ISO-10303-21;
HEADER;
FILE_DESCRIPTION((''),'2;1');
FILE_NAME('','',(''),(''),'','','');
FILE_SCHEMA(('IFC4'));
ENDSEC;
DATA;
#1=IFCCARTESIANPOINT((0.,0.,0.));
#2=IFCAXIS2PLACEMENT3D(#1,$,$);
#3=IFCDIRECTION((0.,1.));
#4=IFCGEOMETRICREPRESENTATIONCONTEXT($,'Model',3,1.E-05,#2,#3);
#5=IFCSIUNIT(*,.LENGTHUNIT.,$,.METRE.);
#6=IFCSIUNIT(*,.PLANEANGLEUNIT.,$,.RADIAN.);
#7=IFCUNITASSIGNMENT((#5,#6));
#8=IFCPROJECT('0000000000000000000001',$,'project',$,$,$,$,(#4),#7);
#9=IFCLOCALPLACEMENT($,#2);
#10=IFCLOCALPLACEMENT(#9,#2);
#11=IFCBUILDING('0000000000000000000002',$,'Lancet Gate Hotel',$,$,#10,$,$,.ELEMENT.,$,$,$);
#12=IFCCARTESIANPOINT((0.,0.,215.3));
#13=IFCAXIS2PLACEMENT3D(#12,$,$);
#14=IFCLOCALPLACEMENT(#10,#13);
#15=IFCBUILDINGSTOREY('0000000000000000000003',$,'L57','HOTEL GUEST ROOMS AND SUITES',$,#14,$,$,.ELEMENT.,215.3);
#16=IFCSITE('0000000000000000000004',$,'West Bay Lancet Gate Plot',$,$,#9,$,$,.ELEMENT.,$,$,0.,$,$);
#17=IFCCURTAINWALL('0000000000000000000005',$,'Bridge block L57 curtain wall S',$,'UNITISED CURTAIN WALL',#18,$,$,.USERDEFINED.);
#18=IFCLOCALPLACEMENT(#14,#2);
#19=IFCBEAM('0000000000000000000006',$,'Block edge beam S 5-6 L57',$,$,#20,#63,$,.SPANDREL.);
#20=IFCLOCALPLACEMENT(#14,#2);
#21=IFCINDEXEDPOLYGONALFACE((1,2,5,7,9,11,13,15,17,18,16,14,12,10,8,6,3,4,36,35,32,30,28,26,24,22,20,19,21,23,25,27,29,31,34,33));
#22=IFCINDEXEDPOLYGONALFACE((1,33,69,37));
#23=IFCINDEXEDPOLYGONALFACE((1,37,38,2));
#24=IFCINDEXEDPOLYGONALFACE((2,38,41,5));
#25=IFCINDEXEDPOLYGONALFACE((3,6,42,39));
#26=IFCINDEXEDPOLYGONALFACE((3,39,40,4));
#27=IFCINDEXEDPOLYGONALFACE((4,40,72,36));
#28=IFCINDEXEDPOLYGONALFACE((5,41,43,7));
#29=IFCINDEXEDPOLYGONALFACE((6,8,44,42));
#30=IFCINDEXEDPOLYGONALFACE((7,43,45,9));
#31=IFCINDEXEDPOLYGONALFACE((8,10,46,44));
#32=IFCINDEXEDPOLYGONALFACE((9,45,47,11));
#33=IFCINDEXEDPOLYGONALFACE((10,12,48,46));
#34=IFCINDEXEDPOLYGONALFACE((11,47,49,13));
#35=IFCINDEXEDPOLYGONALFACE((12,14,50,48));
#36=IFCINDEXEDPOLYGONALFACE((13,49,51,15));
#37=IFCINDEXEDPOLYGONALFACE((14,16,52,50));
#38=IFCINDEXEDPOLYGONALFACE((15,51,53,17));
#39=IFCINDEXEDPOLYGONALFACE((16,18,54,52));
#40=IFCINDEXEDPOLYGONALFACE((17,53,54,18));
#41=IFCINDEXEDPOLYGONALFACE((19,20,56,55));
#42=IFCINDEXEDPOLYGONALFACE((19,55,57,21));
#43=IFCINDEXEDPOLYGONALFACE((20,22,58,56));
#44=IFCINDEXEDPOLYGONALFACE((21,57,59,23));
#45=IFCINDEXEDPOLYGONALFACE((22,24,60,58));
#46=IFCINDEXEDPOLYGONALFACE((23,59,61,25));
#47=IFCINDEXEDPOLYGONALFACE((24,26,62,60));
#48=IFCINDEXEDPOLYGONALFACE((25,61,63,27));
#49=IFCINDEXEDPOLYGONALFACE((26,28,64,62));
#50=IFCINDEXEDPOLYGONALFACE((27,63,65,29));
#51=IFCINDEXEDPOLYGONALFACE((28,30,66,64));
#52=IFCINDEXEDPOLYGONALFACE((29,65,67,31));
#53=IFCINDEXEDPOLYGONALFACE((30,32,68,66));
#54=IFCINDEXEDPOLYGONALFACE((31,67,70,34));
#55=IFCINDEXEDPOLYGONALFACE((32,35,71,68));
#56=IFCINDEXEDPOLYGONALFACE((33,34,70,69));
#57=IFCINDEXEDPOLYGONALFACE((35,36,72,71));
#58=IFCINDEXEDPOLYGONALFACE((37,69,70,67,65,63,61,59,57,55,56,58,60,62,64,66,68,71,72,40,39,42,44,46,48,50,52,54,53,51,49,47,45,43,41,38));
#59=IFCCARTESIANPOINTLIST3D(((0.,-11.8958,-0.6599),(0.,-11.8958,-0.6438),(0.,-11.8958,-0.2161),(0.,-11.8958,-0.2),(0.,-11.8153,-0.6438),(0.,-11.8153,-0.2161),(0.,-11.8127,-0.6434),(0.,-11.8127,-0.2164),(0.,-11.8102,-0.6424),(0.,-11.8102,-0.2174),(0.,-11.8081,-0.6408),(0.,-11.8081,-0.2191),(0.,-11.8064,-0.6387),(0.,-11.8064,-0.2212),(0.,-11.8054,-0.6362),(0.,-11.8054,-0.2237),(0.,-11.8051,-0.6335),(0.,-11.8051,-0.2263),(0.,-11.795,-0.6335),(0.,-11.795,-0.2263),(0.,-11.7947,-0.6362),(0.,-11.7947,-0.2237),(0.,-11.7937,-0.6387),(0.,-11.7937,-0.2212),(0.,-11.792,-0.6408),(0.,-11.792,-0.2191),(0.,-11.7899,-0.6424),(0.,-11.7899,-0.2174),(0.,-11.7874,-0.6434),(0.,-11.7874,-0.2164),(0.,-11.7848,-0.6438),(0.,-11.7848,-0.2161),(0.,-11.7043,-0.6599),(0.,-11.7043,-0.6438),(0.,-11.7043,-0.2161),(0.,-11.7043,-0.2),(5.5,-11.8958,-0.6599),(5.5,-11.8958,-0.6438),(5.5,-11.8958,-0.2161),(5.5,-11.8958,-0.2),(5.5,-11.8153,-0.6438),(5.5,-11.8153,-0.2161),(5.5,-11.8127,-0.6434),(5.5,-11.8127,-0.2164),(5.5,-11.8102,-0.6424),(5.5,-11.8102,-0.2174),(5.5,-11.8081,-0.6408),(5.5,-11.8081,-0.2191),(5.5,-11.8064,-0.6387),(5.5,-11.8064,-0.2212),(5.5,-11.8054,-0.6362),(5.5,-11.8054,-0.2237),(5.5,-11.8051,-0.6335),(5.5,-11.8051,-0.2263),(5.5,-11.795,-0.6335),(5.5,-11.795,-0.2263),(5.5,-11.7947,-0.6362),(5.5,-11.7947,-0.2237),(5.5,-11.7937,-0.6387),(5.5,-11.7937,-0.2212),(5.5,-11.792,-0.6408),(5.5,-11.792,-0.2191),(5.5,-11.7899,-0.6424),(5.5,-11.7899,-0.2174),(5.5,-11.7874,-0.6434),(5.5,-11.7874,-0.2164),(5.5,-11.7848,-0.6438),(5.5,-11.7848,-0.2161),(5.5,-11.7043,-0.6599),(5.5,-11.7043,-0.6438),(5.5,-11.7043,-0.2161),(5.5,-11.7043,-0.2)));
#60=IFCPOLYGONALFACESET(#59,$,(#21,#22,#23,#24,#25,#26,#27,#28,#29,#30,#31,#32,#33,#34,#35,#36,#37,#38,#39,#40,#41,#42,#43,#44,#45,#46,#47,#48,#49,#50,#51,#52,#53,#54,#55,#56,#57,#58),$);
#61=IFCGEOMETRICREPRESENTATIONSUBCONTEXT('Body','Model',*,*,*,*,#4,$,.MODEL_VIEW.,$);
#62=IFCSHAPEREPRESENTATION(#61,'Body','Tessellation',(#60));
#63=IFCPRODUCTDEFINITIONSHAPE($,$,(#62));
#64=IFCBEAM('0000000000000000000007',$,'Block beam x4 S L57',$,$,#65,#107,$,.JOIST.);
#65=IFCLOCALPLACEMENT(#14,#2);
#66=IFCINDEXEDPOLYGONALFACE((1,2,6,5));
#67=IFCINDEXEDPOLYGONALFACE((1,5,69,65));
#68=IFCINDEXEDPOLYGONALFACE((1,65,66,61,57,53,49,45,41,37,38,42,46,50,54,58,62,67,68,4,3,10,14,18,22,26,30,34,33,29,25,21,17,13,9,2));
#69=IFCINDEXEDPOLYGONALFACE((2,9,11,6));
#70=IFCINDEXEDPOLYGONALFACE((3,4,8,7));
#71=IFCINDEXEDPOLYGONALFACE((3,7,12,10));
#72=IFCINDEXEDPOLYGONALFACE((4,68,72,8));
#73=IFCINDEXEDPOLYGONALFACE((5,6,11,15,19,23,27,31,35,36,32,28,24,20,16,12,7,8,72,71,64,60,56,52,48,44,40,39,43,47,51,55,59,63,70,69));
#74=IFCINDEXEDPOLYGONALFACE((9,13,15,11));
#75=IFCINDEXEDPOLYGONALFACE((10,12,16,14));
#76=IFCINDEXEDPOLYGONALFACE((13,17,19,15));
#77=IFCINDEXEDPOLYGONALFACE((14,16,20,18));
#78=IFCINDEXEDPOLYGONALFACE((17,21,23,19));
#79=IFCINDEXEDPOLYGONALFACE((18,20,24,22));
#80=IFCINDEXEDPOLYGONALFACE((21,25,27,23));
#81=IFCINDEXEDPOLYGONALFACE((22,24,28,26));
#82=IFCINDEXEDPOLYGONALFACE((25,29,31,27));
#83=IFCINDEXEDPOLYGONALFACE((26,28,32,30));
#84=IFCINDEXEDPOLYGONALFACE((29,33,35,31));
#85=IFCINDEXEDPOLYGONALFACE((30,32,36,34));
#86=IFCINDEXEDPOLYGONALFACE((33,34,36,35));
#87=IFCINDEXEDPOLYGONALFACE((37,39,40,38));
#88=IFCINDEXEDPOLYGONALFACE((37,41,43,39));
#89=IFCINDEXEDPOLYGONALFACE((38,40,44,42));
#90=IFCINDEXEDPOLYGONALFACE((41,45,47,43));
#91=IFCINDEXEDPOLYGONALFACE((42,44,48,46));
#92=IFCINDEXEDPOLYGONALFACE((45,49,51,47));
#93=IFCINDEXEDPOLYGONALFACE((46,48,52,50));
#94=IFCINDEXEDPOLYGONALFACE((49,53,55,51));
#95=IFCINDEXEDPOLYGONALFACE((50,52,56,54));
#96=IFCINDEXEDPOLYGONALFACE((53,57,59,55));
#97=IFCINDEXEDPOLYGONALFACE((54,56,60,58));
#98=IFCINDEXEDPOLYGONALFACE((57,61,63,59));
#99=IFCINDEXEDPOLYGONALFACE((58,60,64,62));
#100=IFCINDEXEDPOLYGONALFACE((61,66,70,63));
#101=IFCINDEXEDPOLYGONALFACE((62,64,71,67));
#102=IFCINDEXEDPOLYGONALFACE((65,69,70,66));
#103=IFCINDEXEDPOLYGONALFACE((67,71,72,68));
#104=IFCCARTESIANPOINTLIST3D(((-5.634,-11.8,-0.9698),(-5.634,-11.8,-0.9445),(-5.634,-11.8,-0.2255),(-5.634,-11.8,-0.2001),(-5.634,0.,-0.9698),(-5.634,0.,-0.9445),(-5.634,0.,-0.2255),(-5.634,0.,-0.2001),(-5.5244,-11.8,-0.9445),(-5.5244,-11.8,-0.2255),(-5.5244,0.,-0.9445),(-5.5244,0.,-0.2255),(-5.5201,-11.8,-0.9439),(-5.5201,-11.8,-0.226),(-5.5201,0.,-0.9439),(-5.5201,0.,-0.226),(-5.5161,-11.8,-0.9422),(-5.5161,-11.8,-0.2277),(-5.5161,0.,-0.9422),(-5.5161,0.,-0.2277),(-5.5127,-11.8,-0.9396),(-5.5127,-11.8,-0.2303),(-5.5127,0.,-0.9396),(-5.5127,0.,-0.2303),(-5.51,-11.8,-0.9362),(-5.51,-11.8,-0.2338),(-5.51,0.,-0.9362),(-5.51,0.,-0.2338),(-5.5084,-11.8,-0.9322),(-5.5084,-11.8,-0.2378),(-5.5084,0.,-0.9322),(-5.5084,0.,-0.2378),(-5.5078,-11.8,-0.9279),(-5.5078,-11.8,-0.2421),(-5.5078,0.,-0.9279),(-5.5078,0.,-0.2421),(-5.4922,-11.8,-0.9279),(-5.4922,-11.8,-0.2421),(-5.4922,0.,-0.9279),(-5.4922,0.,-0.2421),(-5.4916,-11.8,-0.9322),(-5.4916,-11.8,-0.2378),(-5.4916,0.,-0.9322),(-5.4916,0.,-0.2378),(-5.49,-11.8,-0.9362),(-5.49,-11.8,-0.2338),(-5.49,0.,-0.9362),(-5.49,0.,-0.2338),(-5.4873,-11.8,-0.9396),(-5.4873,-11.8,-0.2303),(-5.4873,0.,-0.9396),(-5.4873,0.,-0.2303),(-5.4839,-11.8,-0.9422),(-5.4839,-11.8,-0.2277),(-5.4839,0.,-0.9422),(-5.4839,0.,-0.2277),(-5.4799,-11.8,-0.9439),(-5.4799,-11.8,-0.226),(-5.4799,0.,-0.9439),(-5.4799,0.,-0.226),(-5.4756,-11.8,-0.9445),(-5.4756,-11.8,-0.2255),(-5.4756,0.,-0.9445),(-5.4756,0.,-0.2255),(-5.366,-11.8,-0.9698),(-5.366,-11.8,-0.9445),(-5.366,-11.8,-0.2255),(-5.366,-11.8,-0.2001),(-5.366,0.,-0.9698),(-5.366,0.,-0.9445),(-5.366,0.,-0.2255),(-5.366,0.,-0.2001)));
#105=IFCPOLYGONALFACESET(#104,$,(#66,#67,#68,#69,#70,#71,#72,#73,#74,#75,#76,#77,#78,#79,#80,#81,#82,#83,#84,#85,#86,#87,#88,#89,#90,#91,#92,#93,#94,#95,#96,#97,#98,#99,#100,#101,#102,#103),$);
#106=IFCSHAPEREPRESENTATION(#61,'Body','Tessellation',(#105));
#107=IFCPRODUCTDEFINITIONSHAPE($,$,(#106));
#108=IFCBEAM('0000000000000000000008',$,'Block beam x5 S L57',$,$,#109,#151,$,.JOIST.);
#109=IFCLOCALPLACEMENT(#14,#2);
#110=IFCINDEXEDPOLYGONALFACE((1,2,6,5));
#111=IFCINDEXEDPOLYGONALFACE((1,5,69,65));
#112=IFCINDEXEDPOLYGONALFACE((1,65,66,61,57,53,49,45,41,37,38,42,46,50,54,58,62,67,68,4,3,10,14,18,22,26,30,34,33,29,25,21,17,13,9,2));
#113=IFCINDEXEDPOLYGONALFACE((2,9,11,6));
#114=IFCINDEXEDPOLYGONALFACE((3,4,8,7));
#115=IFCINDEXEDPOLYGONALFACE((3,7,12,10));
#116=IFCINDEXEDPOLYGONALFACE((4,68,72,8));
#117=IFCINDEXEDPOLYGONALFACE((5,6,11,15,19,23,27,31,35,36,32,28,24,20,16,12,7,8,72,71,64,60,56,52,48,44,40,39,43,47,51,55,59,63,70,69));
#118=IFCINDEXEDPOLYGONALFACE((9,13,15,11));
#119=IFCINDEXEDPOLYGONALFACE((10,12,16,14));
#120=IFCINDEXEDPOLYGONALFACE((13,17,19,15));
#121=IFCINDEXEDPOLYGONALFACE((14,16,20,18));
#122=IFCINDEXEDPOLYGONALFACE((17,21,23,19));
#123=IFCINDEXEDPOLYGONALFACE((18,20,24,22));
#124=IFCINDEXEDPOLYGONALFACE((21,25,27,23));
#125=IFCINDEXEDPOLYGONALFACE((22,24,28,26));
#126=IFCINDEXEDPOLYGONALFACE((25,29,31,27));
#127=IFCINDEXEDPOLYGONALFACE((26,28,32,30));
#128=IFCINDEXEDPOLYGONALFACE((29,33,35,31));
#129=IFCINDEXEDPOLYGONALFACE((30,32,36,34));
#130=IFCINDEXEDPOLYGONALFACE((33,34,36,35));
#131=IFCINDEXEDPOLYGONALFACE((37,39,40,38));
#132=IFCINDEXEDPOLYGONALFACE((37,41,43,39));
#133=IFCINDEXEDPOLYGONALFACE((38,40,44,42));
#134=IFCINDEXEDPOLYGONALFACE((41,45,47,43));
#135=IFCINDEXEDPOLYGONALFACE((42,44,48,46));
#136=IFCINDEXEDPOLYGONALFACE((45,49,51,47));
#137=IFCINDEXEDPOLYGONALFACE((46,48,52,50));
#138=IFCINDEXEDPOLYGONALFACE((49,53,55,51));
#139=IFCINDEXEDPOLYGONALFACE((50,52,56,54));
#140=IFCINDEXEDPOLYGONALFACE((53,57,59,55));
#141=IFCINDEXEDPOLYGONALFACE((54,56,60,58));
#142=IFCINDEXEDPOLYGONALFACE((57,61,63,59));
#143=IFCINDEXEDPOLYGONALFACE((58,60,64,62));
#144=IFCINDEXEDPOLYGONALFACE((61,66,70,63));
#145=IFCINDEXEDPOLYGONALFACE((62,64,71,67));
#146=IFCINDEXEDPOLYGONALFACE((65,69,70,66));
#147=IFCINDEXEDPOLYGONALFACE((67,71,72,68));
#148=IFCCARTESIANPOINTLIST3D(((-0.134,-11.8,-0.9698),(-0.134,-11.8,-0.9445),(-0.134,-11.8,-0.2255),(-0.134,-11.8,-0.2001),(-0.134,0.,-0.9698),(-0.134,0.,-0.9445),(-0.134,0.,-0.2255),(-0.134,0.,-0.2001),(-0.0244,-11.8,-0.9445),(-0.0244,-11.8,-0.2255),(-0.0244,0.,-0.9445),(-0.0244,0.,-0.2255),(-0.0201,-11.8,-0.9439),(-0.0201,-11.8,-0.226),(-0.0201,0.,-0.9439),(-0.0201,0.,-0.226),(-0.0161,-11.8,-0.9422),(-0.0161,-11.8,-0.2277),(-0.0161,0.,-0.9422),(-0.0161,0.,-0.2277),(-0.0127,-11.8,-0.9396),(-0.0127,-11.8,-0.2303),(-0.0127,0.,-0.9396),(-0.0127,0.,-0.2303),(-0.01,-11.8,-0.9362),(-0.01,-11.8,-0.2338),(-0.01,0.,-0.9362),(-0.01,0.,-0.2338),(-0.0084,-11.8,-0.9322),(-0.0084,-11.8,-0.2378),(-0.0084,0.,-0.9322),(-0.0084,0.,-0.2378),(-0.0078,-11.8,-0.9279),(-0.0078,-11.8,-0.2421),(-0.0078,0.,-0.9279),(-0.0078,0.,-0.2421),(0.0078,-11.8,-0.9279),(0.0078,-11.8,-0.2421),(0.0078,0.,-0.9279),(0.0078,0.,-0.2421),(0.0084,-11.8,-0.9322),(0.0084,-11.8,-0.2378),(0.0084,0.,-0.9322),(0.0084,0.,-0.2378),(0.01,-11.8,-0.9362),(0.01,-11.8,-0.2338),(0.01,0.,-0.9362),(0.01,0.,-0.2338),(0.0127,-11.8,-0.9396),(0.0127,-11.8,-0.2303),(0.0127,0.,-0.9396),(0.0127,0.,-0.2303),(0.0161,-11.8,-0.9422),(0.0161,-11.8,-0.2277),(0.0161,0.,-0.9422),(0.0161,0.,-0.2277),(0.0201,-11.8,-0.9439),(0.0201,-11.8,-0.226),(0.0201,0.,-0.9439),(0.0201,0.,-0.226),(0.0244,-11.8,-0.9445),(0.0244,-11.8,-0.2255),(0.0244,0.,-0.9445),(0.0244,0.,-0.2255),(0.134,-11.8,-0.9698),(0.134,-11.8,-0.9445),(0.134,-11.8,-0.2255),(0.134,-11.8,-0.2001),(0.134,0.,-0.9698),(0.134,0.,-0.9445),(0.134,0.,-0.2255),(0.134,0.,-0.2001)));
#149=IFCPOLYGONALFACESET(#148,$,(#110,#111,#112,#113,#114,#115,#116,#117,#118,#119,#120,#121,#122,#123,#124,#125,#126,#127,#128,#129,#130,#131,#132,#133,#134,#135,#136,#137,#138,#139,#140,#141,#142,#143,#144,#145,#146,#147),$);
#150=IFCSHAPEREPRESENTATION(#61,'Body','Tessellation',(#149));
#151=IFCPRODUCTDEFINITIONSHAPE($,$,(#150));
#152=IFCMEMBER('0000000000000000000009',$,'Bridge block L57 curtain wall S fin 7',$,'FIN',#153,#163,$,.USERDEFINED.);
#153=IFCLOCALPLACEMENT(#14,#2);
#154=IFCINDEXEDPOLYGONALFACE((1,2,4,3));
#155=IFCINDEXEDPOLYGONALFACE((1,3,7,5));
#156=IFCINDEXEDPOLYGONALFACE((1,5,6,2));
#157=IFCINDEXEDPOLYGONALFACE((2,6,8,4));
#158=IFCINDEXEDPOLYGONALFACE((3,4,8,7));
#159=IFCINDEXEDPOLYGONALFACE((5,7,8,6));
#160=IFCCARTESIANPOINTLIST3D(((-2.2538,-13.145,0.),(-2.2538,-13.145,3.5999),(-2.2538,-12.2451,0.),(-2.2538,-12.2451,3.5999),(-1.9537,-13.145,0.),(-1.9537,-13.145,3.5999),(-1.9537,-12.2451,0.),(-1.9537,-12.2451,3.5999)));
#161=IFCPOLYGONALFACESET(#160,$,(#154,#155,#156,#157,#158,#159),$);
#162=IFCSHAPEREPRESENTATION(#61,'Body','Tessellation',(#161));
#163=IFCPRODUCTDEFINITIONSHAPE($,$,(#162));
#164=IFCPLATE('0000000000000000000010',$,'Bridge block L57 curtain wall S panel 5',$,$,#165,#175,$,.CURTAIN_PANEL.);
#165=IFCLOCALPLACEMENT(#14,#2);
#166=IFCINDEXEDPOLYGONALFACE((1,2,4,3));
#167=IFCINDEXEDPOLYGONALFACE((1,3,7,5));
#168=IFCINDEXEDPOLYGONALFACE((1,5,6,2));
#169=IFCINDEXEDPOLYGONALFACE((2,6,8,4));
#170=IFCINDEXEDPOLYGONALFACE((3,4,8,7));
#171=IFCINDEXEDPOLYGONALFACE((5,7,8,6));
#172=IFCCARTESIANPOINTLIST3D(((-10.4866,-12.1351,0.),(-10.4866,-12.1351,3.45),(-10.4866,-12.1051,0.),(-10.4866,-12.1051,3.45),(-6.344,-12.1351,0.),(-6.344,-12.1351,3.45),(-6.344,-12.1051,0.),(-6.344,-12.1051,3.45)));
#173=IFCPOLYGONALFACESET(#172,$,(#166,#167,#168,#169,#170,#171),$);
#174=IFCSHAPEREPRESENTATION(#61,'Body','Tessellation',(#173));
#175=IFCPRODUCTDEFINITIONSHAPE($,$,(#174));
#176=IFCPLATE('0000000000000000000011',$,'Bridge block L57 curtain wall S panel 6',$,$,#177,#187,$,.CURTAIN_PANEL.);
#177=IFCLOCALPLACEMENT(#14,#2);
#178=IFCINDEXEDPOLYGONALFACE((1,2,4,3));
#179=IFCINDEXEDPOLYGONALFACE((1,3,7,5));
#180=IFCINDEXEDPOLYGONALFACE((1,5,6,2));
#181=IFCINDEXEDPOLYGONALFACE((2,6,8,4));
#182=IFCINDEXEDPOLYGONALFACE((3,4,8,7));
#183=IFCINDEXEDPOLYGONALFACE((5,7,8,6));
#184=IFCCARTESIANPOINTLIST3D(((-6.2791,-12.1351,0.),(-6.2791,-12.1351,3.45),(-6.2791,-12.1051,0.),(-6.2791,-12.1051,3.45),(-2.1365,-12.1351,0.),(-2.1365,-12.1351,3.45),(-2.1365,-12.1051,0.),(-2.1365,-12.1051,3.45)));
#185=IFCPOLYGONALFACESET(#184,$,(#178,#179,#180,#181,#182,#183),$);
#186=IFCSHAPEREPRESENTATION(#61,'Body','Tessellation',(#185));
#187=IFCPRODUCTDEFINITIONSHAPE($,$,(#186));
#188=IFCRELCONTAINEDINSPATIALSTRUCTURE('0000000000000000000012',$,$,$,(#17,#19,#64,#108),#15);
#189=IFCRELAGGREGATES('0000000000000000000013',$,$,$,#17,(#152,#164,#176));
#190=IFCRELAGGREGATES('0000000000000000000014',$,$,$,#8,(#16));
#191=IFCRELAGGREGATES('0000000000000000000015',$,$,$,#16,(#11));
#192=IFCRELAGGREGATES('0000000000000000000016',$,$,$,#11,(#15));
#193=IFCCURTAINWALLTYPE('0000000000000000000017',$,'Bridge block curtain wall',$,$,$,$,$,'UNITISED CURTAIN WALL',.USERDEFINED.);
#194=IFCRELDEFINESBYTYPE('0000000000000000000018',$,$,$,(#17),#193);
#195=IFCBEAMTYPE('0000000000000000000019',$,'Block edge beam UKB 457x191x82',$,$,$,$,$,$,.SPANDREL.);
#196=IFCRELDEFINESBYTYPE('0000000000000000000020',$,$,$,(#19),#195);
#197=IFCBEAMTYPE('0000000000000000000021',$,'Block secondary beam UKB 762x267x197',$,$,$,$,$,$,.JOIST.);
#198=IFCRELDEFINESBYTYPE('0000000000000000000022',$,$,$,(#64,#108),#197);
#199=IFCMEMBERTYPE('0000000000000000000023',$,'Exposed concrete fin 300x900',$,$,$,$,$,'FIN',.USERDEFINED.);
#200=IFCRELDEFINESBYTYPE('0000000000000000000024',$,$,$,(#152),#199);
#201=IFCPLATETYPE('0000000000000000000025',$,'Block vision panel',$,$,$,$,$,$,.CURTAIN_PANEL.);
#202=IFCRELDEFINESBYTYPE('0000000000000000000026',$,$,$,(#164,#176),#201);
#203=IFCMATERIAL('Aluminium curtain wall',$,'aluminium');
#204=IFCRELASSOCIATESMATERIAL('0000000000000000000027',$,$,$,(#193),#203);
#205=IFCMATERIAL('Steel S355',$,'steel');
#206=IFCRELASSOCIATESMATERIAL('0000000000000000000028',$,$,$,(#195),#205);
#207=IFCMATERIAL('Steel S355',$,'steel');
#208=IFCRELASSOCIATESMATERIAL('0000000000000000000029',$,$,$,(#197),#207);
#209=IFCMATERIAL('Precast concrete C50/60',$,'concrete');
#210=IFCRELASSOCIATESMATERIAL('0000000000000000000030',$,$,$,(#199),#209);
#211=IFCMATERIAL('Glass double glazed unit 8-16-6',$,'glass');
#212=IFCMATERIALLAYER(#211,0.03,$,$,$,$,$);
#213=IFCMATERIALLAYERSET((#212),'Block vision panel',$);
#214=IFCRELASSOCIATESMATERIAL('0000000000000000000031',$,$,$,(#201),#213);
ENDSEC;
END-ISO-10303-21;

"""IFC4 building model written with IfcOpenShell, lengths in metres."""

from ifc_helpers import new_model, si_unit, direction, frame, origin, origin_2d, place, context, subcontext, project, spatial, rectangle, i_section, extrude, material, layer, layer_set, material_profile, profile_set, type_object, element, aggregate, save


model = new_model("IFC4")

# Units and contexts
model_context = context("Model", 3, precision=1e-05, world=origin(), true_north=direction((0.0, 1.0)))
body_context = subcontext(model_context, "Body", "Model", "MODEL_VIEW")
ifc_project = project(units=[si_unit("LENGTHUNIT", "METRE"), si_unit("PLANEANGLEUNIT", "RADIAN")], contexts=[model_context])

# Site, building, storey
site_placement = place(None, origin())
site = spatial("IfcSite", under=ifc_project, at=site_placement, Name="West Bay Lancet Gate Plot", CompositionType="ELEMENT", RefElevation=0.0)
building_placement = place(site_placement, origin())
building = spatial("IfcBuilding", under=site, at=building_placement, Name="Lancet Gate Hotel", CompositionType="ELEMENT")
storey_placement = place(building_placement, frame((0.0, 0.0, 215.3)))
storey = spatial("IfcBuildingStorey", under=building, at=storey_placement, Name="L57", Description="HOTEL GUEST ROOMS AND SUITES", CompositionType="ELEMENT", Elevation=215.3)

# Curtain wall
ifc_material_1 = material(Name="Aluminium curtain wall", Category="aluminium")
curtain_wall_type = type_object("IfcCurtainWallType", Name="Bridge block curtain wall", ElementType="UNITISED CURTAIN WALL", PredefinedType="USERDEFINED", material=ifc_material_1)
curtain_wall_placement = place(storey_placement, origin())
curtain_wall = element("IfcCurtainWall", 1, at=curtain_wall_placement, inside=storey, type_object=curtain_wall_type, Name="Bridge block L57 curtain wall S", ObjectType="UNITISED CURTAIN WALL", PredefinedType="USERDEFINED")

# Beams
ifc_material_2 = material(Name="Steel S355", Category="steel")
ifc_material_profile_1 = material_profile(ifc_material_2, i_section(OverallWidth=0.1914, OverallDepth=0.46, WebThickness=0.01, FlangeThickness=0.0161, FilletRadius=0.0103, at=origin_2d()), Name="UKB 457x191x82")
ifc_profile_set_1 = profile_set([ifc_material_profile_1], Name="Steel S355")
beam_type_1 = type_object("IfcBeamType", Name="Block edge beam UKB 457x191x82", PredefinedType="SPANDREL", material=ifc_profile_set_1)
for number, where, z_axis, x_axis, name in (
    (2, (0.0, -11.8, -0.4299), (1.0, 0.0, 0.0), (0.0, 1.0, 0.0), "Block edge beam S 5-6 L57"),
):
    element("IfcBeam", number, at=place(storey_placement, frame(where, z_axis=z_axis, x_axis=x_axis)), inside=storey, type_object=beam_type_1, Name=name, PredefinedType="SPANDREL", context=body_context, shape_type="SweptSolid", body=[
        extrude(i_section(OverallWidth=0.1914, OverallDepth=0.46, WebThickness=0.01, FlangeThickness=0.0161, FilletRadius=0.0103, at=origin_2d()), origin(), (0.0, 0.0, 1.0), 5.5),
    ])
ifc_material_3 = material(Name="Steel S355", Category="steel")
ifc_material_profile_2 = material_profile(ifc_material_3, i_section(OverallWidth=0.2681, OverallDepth=0.7698, WebThickness=0.0156, FlangeThickness=0.0254, FilletRadius=0.0166, at=origin_2d()), Name="UKB 762x267x197")
ifc_profile_set_2 = profile_set([ifc_material_profile_2], Name="Steel S355")
beam_type_2 = type_object("IfcBeamType", Name="Block secondary beam UKB 762x267x197", PredefinedType="JOIST", material=ifc_profile_set_2)
for number, where, z_axis, x_axis, name in (
    (3, (-5.5, -11.8, -0.585), (0.0, 1.0, 0.0), (-1.0, 0.0, 0.0), "Block beam x4 S L57"),
    (4, (0.0, -11.8, -0.585), (0.0, 1.0, 0.0), (-1.0, 0.0, 0.0), "Block beam x5 S L57"),
):
    element("IfcBeam", number, at=place(storey_placement, frame(where, z_axis=z_axis, x_axis=x_axis)), inside=storey, type_object=beam_type_2, Name=name, PredefinedType="JOIST", context=body_context, shape_type="SweptSolid", body=[
        extrude(i_section(OverallWidth=0.2681, OverallDepth=0.7698, WebThickness=0.0156, FlangeThickness=0.0254, FilletRadius=0.0166, at=origin_2d()), origin(), (0.0, 0.0, 1.0), 11.8),
    ])

# Member
ifc_material_4 = material(Name="Precast concrete C50/60", Category="concrete")
ifc_material_profile_3 = material_profile(ifc_material_4, rectangle(XDim=0.3, YDim=0.8999, at=origin_2d()), Name="FIN 300x900")
ifc_profile_set_3 = profile_set([ifc_material_profile_3], Name="Precast concrete C50/60")
member_type_1 = type_object("IfcMemberType", Name="Exposed concrete fin 300x900", ElementType="FIN", PredefinedType="USERDEFINED", material=ifc_profile_set_3)
member_1_placement = place(storey_placement, frame((-2.1038, -12.6951, 0.0), z_axis=(0.0, 0.0, 1.0), x_axis=(1.0, 0.0, 0.0)))
member_1 = element("IfcMember", 5, at=member_1_placement, type_object=member_type_1, Name="Bridge block L57 curtain wall S fin 7", ObjectType="FIN", PredefinedType="USERDEFINED", context=body_context, shape_type="SweptSolid", body=[
    extrude(rectangle(XDim=0.3, YDim=0.8999, at=origin_2d()), origin(), (0.0, 0.0, 1.0), 3.5999),
])

# Plates
ifc_material_5 = material(Name="Glass double glazed unit 8-16-6", Category="glass")
ifc_layer_1 = layer(ifc_material_5, 0.03)
ifc_layer_set_1 = layer_set([ifc_layer_1], Name="Block vision panel")
plate_type = type_object("IfcPlateType", Name="Block vision panel", PredefinedType="CURTAIN_PANEL", material=ifc_layer_set_1)
plate_1_placement = place(storey_placement, frame((-8.4153, -12.1201, 0.0), z_axis=(0.0, 0.0, 1.0), x_axis=(1.0, 0.0, 0.0)))
plate_1 = element("IfcPlate", 6, at=plate_1_placement, type_object=plate_type, Name="Bridge block L57 curtain wall S panel 5", PredefinedType="CURTAIN_PANEL", context=body_context, shape_type="SweptSolid", body=[
    extrude(rectangle(XDim=4.1426, YDim=0.03, at=origin_2d()), origin(), (0.0, 0.0, 1.0), 3.45),
])
plate_2_placement = place(storey_placement, frame((-4.2078, -12.1201, 0.0), z_axis=(0.0, 0.0, 1.0), x_axis=(1.0, 0.0, 0.0)))
plate_2 = element("IfcPlate", 7, at=plate_2_placement, type_object=plate_type, Name="Bridge block L57 curtain wall S panel 6", PredefinedType="CURTAIN_PANEL", context=body_context, shape_type="SweptSolid", body=[
    extrude(rectangle(XDim=4.1426, YDim=0.03, at=origin_2d()), origin(), (0.0, 0.0, 1.0), 3.45),
])
aggregate(curtain_wall, [member_1, plate_1, plate_2])

save(model, "model.ifc")
